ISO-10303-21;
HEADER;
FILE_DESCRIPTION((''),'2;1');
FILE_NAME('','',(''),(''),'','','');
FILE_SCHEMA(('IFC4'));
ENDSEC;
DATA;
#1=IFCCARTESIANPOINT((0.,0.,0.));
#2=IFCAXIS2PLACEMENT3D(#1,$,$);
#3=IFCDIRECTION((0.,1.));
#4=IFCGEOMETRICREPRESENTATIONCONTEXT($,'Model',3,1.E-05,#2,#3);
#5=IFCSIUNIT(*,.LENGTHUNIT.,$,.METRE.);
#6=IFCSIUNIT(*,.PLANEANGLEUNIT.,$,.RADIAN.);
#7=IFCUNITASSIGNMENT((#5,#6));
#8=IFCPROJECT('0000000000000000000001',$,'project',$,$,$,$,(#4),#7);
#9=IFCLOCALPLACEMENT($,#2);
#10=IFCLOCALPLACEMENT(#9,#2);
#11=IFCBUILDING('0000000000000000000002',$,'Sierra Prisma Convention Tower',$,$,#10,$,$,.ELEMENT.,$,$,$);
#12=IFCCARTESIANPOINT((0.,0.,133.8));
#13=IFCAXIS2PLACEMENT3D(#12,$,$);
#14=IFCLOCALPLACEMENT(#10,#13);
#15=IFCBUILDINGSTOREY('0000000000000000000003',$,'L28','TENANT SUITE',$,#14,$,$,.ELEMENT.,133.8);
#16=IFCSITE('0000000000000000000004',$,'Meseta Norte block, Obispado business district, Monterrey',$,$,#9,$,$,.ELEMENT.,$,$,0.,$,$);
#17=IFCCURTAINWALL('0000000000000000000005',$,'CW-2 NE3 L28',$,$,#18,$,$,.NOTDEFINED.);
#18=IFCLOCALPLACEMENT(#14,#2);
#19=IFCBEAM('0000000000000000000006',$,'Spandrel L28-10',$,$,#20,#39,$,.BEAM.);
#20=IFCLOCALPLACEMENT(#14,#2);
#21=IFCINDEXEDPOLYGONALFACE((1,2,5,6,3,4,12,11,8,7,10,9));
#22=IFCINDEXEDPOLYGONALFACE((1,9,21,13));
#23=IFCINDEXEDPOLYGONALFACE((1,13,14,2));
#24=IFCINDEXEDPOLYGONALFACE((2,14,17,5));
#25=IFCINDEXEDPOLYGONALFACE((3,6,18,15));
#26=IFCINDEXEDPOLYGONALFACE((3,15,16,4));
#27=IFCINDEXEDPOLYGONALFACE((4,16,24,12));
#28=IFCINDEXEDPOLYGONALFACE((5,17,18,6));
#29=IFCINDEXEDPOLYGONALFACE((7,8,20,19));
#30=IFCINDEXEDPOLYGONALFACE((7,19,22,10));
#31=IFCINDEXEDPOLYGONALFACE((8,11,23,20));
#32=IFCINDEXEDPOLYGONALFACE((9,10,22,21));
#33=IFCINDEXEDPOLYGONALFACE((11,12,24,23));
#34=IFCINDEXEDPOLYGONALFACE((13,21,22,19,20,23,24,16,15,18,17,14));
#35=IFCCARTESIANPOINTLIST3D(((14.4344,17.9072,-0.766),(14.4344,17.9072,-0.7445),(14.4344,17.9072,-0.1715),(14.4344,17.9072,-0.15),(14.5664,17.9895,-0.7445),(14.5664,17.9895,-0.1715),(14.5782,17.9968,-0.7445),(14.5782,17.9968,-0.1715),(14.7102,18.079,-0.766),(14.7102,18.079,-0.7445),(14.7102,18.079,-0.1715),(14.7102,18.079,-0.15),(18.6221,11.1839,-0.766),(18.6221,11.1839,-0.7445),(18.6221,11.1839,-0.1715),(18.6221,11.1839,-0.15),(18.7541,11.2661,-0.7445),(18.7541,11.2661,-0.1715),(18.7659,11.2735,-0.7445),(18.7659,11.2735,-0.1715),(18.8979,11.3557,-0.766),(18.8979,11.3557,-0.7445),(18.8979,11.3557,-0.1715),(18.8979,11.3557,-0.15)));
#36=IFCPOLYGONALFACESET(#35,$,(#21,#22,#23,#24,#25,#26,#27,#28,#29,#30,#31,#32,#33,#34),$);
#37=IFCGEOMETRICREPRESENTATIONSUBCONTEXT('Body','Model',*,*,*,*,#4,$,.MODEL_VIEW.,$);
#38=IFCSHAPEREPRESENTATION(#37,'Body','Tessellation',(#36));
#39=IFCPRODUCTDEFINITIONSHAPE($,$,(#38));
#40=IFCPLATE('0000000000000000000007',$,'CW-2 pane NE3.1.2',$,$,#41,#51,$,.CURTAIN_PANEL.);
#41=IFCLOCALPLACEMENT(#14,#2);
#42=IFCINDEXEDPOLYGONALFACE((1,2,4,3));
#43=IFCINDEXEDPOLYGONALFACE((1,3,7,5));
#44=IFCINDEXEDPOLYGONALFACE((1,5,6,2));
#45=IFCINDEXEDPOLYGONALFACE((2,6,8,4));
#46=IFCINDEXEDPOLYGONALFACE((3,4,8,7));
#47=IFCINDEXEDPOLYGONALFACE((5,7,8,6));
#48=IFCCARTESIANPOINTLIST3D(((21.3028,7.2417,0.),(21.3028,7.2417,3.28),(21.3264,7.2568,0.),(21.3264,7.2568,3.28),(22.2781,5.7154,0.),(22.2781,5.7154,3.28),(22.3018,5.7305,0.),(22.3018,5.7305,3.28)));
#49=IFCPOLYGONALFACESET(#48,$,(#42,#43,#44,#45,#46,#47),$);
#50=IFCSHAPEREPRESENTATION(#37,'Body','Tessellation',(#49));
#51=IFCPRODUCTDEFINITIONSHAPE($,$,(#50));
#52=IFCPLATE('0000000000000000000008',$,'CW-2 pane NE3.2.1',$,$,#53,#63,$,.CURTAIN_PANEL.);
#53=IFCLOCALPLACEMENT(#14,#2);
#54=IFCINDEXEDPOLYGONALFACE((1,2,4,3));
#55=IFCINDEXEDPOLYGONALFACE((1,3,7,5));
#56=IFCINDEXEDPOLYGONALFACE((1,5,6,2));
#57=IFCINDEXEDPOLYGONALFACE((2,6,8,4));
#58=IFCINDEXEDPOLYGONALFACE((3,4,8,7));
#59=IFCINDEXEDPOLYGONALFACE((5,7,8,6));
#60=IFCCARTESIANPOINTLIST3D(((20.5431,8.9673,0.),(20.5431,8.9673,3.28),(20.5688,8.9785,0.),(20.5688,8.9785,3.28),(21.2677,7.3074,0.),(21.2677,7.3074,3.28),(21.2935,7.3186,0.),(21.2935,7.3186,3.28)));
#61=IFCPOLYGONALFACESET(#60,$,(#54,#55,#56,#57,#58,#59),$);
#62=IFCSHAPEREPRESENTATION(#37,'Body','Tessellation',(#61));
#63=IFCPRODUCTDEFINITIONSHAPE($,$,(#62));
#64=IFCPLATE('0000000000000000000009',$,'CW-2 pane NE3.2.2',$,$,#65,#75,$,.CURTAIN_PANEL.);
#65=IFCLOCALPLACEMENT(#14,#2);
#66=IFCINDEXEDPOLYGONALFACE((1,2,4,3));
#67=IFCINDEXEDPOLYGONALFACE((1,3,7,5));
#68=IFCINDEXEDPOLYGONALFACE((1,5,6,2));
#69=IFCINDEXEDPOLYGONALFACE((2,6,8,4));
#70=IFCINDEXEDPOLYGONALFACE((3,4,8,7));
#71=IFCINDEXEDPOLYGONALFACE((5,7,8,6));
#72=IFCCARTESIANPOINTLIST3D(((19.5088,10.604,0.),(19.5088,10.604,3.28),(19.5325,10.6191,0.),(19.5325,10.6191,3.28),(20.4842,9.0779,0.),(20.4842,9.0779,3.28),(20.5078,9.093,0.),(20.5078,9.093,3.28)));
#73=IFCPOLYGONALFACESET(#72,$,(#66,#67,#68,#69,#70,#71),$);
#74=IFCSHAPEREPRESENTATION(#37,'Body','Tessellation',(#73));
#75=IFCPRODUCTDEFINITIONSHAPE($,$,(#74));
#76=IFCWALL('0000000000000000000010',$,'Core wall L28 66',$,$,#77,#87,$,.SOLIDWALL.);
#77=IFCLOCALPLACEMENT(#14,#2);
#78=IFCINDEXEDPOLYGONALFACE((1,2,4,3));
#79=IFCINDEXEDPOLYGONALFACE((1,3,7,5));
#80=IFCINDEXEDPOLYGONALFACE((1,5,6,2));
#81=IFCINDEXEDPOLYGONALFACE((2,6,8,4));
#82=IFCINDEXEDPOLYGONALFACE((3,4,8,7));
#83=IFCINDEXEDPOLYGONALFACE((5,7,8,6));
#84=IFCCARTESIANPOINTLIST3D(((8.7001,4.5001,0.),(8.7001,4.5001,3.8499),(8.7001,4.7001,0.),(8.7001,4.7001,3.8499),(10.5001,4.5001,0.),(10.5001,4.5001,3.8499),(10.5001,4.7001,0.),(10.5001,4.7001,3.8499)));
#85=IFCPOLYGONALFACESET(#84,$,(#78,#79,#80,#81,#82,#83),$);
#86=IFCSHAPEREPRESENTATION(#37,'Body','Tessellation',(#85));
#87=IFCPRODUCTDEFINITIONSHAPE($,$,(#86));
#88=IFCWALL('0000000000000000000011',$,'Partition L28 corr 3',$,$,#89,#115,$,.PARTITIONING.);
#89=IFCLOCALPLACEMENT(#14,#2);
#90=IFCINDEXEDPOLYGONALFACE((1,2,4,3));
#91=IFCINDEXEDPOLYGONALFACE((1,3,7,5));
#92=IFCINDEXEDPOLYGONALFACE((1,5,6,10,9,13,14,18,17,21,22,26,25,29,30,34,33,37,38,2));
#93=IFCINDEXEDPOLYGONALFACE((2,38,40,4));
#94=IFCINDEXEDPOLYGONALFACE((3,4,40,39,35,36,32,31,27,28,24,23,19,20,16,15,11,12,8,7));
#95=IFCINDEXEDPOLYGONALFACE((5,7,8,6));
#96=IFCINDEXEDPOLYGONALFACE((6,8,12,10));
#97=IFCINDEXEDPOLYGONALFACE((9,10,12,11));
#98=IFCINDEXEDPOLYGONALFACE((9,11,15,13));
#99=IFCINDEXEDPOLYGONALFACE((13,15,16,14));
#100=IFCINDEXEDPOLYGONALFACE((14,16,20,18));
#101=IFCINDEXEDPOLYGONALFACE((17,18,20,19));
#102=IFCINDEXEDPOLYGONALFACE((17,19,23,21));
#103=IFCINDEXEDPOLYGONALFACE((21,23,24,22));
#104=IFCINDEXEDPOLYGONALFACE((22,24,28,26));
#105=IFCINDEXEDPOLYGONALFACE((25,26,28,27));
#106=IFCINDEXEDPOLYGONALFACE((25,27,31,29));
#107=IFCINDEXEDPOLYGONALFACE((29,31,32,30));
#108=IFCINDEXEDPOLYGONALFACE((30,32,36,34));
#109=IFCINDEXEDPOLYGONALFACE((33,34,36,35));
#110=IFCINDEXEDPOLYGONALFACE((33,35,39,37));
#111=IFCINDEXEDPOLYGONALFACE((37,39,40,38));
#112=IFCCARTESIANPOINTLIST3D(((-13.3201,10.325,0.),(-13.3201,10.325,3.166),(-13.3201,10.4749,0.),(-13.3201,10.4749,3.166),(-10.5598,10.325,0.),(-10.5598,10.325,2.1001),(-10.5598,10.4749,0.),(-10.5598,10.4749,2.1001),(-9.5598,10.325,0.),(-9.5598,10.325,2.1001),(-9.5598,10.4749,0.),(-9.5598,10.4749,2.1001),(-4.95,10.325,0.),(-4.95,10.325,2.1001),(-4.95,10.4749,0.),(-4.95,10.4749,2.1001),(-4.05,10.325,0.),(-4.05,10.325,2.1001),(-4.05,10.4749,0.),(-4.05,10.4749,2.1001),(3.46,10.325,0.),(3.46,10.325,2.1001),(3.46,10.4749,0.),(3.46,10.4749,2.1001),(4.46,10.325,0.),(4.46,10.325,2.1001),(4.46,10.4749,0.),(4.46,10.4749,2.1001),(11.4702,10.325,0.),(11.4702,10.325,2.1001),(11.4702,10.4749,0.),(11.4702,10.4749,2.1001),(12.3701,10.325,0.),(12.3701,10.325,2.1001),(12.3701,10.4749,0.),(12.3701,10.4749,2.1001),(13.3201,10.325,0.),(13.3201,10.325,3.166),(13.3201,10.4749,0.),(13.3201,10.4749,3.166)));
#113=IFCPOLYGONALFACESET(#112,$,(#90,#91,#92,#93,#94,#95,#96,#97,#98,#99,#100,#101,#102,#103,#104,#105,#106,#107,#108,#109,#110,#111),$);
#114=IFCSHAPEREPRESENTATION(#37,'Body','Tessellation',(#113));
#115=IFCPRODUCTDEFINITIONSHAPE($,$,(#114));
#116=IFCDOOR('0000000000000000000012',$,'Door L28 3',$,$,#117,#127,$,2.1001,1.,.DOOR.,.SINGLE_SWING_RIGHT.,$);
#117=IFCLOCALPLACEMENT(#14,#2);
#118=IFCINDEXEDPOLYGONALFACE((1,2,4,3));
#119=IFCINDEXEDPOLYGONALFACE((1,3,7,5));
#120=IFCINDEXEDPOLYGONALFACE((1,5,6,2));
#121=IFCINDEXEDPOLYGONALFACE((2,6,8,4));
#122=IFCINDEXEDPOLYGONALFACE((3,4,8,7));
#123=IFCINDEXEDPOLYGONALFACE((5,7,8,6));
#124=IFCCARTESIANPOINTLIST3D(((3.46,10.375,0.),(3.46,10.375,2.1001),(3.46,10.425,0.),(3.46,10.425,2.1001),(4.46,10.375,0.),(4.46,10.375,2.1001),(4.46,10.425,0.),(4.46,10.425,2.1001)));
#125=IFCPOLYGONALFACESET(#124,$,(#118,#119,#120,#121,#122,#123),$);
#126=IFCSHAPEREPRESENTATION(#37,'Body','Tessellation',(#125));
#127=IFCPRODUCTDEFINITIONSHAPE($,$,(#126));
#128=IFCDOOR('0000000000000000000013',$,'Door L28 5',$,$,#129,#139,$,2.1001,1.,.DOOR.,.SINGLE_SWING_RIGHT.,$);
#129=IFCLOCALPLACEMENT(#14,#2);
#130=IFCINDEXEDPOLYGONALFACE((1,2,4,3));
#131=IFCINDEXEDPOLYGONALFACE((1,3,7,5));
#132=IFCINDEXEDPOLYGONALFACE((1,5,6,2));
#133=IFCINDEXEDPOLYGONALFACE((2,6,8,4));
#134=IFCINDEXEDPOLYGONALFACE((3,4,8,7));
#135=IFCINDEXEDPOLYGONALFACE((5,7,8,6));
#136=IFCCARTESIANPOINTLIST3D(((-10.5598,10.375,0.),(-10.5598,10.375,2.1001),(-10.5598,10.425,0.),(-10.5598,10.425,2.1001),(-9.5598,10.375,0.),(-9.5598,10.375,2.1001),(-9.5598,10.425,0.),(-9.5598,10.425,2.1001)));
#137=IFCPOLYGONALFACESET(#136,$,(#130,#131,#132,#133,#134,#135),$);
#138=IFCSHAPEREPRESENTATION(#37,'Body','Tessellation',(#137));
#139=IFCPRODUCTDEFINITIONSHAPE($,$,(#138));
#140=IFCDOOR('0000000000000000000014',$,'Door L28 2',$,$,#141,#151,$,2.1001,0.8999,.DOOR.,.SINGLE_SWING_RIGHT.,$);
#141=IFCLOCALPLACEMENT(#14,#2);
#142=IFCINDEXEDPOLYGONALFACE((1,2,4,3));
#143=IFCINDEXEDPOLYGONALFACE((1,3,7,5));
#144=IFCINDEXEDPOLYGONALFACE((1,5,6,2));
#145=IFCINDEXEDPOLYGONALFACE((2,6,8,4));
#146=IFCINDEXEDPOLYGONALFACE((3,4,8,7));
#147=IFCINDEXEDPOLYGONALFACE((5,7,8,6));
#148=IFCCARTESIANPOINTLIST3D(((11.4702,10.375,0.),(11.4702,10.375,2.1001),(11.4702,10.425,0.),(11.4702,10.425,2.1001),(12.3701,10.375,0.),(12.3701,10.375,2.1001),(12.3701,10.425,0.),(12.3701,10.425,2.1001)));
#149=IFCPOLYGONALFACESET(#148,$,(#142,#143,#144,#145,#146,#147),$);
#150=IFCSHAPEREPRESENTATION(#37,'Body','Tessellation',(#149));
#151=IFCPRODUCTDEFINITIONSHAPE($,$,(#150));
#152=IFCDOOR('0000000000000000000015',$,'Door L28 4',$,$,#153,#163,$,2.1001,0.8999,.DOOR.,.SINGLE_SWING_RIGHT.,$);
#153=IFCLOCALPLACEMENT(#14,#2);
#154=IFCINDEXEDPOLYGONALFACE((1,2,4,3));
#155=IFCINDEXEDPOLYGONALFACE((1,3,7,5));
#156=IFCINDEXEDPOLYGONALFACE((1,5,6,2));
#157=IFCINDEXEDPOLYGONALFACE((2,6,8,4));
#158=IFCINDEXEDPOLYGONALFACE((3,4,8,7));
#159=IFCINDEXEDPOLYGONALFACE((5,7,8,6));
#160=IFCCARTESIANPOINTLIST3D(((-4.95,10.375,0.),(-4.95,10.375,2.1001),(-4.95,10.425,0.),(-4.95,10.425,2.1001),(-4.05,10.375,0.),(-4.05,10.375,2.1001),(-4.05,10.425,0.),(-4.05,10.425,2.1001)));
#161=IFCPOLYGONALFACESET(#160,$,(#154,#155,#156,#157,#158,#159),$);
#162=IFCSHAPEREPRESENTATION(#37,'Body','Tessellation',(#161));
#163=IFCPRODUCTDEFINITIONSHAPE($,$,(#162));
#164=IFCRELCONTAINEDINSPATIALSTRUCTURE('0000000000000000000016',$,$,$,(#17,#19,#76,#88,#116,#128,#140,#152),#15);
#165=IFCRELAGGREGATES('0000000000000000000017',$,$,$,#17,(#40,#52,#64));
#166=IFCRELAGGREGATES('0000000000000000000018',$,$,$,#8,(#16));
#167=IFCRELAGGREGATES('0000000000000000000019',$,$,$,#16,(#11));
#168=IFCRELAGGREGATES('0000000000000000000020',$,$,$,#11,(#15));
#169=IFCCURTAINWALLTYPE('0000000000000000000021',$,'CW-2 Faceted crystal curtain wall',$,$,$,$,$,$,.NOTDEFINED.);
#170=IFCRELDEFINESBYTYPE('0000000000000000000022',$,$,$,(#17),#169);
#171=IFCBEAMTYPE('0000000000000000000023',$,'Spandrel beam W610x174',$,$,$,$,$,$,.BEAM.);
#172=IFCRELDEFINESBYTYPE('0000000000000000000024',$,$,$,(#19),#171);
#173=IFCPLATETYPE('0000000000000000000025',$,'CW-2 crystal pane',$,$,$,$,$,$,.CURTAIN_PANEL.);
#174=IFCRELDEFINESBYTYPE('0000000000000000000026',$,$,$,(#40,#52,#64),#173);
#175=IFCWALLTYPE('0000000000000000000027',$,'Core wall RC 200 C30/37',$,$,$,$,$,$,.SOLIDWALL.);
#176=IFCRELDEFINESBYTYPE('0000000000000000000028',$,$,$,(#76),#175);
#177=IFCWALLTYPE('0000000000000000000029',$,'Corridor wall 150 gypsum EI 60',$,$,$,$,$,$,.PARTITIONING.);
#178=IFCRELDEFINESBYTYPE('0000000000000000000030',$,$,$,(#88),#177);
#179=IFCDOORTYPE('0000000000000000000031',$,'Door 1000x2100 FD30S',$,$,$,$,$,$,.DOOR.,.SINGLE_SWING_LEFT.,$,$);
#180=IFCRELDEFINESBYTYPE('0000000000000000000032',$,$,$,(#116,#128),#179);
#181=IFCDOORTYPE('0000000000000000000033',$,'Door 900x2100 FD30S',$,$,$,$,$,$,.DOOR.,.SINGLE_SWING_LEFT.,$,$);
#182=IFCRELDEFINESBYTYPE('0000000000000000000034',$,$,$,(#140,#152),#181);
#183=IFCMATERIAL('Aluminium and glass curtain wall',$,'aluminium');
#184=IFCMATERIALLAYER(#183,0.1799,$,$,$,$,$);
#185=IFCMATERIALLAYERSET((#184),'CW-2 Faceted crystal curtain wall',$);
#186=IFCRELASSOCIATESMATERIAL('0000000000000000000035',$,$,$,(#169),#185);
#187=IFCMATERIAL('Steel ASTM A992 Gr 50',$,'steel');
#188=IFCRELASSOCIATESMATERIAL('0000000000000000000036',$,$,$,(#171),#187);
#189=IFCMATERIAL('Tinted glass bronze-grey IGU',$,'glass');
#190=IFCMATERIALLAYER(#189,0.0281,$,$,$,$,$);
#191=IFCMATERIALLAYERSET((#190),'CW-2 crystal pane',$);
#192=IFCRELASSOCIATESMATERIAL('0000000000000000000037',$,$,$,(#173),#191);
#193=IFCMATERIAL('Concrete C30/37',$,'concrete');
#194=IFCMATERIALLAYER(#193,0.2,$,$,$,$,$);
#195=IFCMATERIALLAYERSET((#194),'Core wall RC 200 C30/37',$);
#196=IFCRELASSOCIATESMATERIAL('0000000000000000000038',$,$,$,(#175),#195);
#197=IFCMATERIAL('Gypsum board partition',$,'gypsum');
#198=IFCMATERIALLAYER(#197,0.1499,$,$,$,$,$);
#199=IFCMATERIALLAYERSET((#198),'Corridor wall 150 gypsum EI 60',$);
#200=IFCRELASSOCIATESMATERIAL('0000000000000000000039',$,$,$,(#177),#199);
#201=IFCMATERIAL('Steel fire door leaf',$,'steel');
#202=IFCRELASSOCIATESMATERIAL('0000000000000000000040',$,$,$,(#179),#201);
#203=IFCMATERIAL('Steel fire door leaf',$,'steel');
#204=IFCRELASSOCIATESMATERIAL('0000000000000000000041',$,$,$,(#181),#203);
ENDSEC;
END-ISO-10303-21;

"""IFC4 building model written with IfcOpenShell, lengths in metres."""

from ifc_helpers import new_model, si_unit, direction, frame, frame_2d, origin, origin_2d, place, context, subcontext, project, spatial, polyline, rectangle, i_section, outline, extrude, material, layer, layer_set, material_profile, profile_set, type_object, element, fill, aggregate, save


model = new_model("IFC4")

# Units and contexts
model_context = context("Model", 3, precision=1e-05, world=origin(), true_north=direction((0.0, 1.0)))
body_context = subcontext(model_context, "Body", "Model", "MODEL_VIEW")
ifc_project = project(units=[si_unit("LENGTHUNIT", "METRE"), si_unit("PLANEANGLEUNIT", "RADIAN")], contexts=[model_context])

# Site, building, storey
site_placement = place(None, origin())
site = spatial("IfcSite", under=ifc_project, at=site_placement, Name="Meseta Norte block, Obispado business district, Monterrey", CompositionType="ELEMENT", RefElevation=0.0)
building_placement = place(site_placement, origin())
building = spatial("IfcBuilding", under=site, at=building_placement, Name="Sierra Prisma Convention Tower", CompositionType="ELEMENT")
storey_placement = place(building_placement, frame((0.0, 0.0, 133.8)))
storey = spatial("IfcBuildingStorey", under=building, at=storey_placement, Name="L28", Description="TENANT SUITE", CompositionType="ELEMENT", Elevation=133.8)

# Curtain wall
ifc_material_1 = material(Name="Aluminium and glass curtain wall", Category="aluminium")
ifc_layer_1 = layer(ifc_material_1, 0.1799)
ifc_layer_set_1 = layer_set([ifc_layer_1], Name="CW-2 Faceted crystal curtain wall")
curtain_wall_type = type_object("IfcCurtainWallType", Name="CW-2 Faceted crystal curtain wall", PredefinedType="NOTDEFINED", material=ifc_layer_set_1)
curtain_wall_1_placement = place(storey_placement, origin())
curtain_wall_1 = element("IfcCurtainWall", 1, at=curtain_wall_1_placement, inside=storey, type_object=curtain_wall_type, Name="CW-2 NE3 L28", PredefinedType="NOTDEFINED")

# Beam
ifc_material_2 = material(Name="Steel ASTM A992 Gr 50", Category="steel")
ifc_material_profile_1 = material_profile(ifc_material_2, i_section(OverallWidth=0.325, OverallDepth=0.616, WebThickness=0.0139, FlangeThickness=0.0215, at=origin_2d()), Name="W610x174")
ifc_profile_set_1 = profile_set([ifc_material_profile_1], Name="Steel ASTM A992 Gr 50")
beam_type_1 = type_object("IfcBeamType", Name="Spandrel beam W610x174", PredefinedType="BEAM", material=ifc_profile_set_1)
for number, where, z_axis, x_axis, name in (
    (2, (18.76, 11.2698, -0.458), (-0.528693, 0.848813, 0.0), (-0.848813, -0.528693, 0.0), "Spandrel L28-10"),
):
    element("IfcBeam", number, at=place(storey_placement, frame(where, z_axis=z_axis, x_axis=x_axis)), inside=storey, type_object=beam_type_1, Name=name, PredefinedType="BEAM", context=body_context, shape_type="SweptSolid", body=[
        extrude(i_section(OverallWidth=0.325, OverallDepth=0.616, WebThickness=0.0139, FlangeThickness=0.0215, at=origin_2d()), origin(), (0.0, 0.0, 1.0), 7.9209),
    ])

# Plates
ifc_material_3 = material(Name="Tinted glass bronze-grey IGU", Category="glass")
ifc_layer_2 = layer(ifc_material_3, 0.0281)
ifc_layer_set_2 = layer_set([ifc_layer_2], Name="CW-2 crystal pane")
plate_type = type_object("IfcPlateType", Name="CW-2 crystal pane", PredefinedType="CURTAIN_PANEL", material=ifc_layer_set_2)
plate_1_placement = place(storey_placement, frame((21.3264, 7.2568, 0.0), z_axis=(0.842655, 0.538453, 0.0), x_axis=(0.538453, -0.842655, 0.0)))
plate_1 = element("IfcPlate", 3, at=plate_1_placement, type_object=plate_type, Name="CW-2 pane NE3.1.2", PredefinedType="CURTAIN_PANEL", context=body_context, shape_type="SweptSolid", body=[
    extrude(outline(polyline([(0.0, 0.0), (1.8114, 0.0), (1.8114, -3.28), (0.0, -3.28), (0.0, 0.0)])), origin(), (0.0, 0.0, -1.0), 0.0281),
])
plate_2_placement = place(storey_placement, frame((21.2935, 7.3186, 0.0), z_axis=(0.916482, 0.400076, 0.0), x_axis=(-0.400076, 0.916482, 0.0)))
plate_2 = element("IfcPlate", 4, at=plate_2_placement, type_object=plate_type, Name="CW-2 pane NE3.2.1", PredefinedType="CURTAIN_PANEL", context=body_context, shape_type="SweptSolid", body=[
    extrude(outline(polyline([(0.0, 0.0), (1.8112, 0.0), (1.8112, 3.28), (0.0, 3.28), (0.0, 0.0)])), origin(), (0.0, 0.0, -1.0), 0.0281),
])
plate_3_placement = place(storey_placement, frame((19.5325, 10.6191, 0.0), z_axis=(0.842616, 0.538514, 0.0), x_axis=(0.538514, -0.842616, 0.0)))
plate_3 = element("IfcPlate", 5, at=plate_3_placement, type_object=plate_type, Name="CW-2 pane NE3.2.2", PredefinedType="CURTAIN_PANEL", context=body_context, shape_type="SweptSolid", body=[
    extrude(outline(polyline([(0.0, 0.0), (1.8112, 0.0), (1.8112, -3.28), (0.0, -3.28), (0.0, 0.0)])), origin(), (0.0, 0.0, -1.0), 0.0281),
])
aggregate(curtain_wall_1, [plate_1, plate_2, plate_3])

# Wall
ifc_material_4 = material(Name="Concrete C30/37", Category="concrete")
ifc_layer_3 = layer(ifc_material_4, 0.2)
ifc_layer_set_3 = layer_set([ifc_layer_3], Name="Core wall RC 200 C30/37")
wall_type_1 = type_object("IfcWallType", Name="Core wall RC 200 C30/37", PredefinedType="SOLIDWALL", material=ifc_layer_set_3)
wall_1_placement = place(storey_placement, frame((10.5, 4.6001, 0.0), z_axis=(0.0, 0.0, 1.0), x_axis=(-1.0, 0.0, 0.0)))
element("IfcWall", 6, at=wall_1_placement, inside=storey, type_object=wall_type_1, Name="Core wall L28 66", PredefinedType="SOLIDWALL", context=body_context, shape_type="SweptSolid", body=[
    extrude(rectangle(XDim=1.8, YDim=0.2, at=frame_2d((0.8999, 0.0))), origin(), (0.0, 0.0, 1.0), 3.8499),
])

# Wall, openings, doors
ifc_material_5 = material(Name="Gypsum board partition", Category="gypsum")
ifc_layer_4 = layer(ifc_material_5, 0.1499)
ifc_layer_set_4 = layer_set([ifc_layer_4], Name="Corridor wall 150 gypsum EI 60")
wall_type_2 = type_object("IfcWallType", Name="Corridor wall 150 gypsum EI 60", PredefinedType="PARTITIONING", material=ifc_layer_set_4)
wall_2_placement = place(storey_placement, frame((13.3201, 10.3999, 0.0), z_axis=(0.0, 0.0, 1.0), x_axis=(-1.0, 0.0, 0.0)))
wall_2 = element("IfcWall", 7, at=wall_2_placement, inside=storey, type_object=wall_type_2, Name="Partition L28 corr 3", PredefinedType="PARTITIONING", context=body_context, shape_type="SweptSolid", body=[
    extrude(rectangle(XDim=26.6401, YDim=0.1499, at=frame_2d((13.3201, 0.0))), origin(), (0.0, 0.0, 1.0), 3.166),
])
opening_1_placement = place(wall_2_placement, frame((0.95, 0.0, 0.0)))
opening_1 = element("IfcOpeningElement", 8, at=opening_1_placement, cuts=wall_2, PredefinedType="OPENING", context=body_context, shape_type="SweptSolid", body=[
    extrude(rectangle(XDim=0.8999, YDim=2.1001, at=frame_2d((0.45, 1.05))), frame((0.0, 0.075, 0.0), z_axis=(0.0, -1.0, 0.0), x_axis=(1.0, 0.0, 0.0)), (0.0, 0.0, 1.0), 0.1499),
])
opening_2_placement = place(wall_2_placement, frame((8.8601, 0.0, 0.0)))
opening_2 = element("IfcOpeningElement", 9, at=opening_2_placement, cuts=wall_2, PredefinedType="OPENING", context=body_context, shape_type="SweptSolid", body=[
    extrude(rectangle(XDim=1.0, YDim=2.1001, at=frame_2d((0.5, 1.05))), frame((0.0, 0.075, 0.0), z_axis=(0.0, -1.0, 0.0), x_axis=(1.0, 0.0, 0.0)), (0.0, 0.0, 1.0), 0.1499),
])
opening_3_placement = place(wall_2_placement, frame((17.3701, 0.0, 0.0)))
opening_3 = element("IfcOpeningElement", 10, at=opening_3_placement, cuts=wall_2, PredefinedType="OPENING", context=body_context, shape_type="SweptSolid", body=[
    extrude(rectangle(XDim=0.8999, YDim=2.1001, at=frame_2d((0.45, 1.05))), frame((0.0, 0.075, 0.0), z_axis=(0.0, -1.0, 0.0), x_axis=(1.0, 0.0, 0.0)), (0.0, 0.0, 1.0), 0.1499),
])
opening_4_placement = place(wall_2_placement, frame((22.8799, 0.0, 0.0)))
opening_4 = element("IfcOpeningElement", 11, at=opening_4_placement, cuts=wall_2, PredefinedType="OPENING", context=body_context, shape_type="SweptSolid", body=[
    extrude(rectangle(XDim=1.0, YDim=2.1001, at=frame_2d((0.5, 1.05))), frame((0.0, 0.075, 0.0), z_axis=(0.0, -1.0, 0.0), x_axis=(1.0, 0.0, 0.0)), (0.0, 0.0, 1.0), 0.1499),
])
ifc_material_6 = material(Name="Steel fire door leaf", Category="steel")
door_type_1 = type_object("IfcDoorType", Name="Door 1000x2100 FD30S", OperationType="SINGLE_SWING_LEFT", PredefinedType="DOOR", material=ifc_material_6)
door_1_placement = place(opening_2_placement, origin())
door_1 = element("IfcDoor", 12, at=door_1_placement, inside=storey, type_object=door_type_1, Name="Door L28 3", OperationType="SINGLE_SWING_RIGHT", OverallHeight=2.1001, OverallWidth=1.0, PredefinedType="DOOR", context=body_context, shape_type="SweptSolid", body=[
    extrude(rectangle(XDim=1.0, YDim=2.1001, at=frame_2d((0.5, 1.05))), frame((0.0, 0.0249, 0.0), z_axis=(0.0, -1.0, 0.0), x_axis=(1.0, 0.0, 0.0)), (0.0, 0.0, 1.0), 0.05),
])
fill(opening_2, door_1)
door_2_placement = place(opening_4_placement, origin())
door_2 = element("IfcDoor", 13, at=door_2_placement, inside=storey, type_object=door_type_1, Name="Door L28 5", OperationType="SINGLE_SWING_RIGHT", OverallHeight=2.1001, OverallWidth=1.0, PredefinedType="DOOR", context=body_context, shape_type="SweptSolid", body=[
    extrude(rectangle(XDim=1.0, YDim=2.1001, at=frame_2d((0.5, 1.05))), frame((0.0, 0.0249, 0.0), z_axis=(0.0, -1.0, 0.0), x_axis=(1.0, 0.0, 0.0)), (0.0, 0.0, 1.0), 0.05),
])
fill(opening_4, door_2)
ifc_material_7 = material(Name="Steel fire door leaf", Category="steel")
door_type_2 = type_object("IfcDoorType", Name="Door 900x2100 FD30S", OperationType="SINGLE_SWING_LEFT", PredefinedType="DOOR", material=ifc_material_7)
door_3_placement = place(opening_1_placement, origin())
door_3 = element("IfcDoor", 14, at=door_3_placement, inside=storey, type_object=door_type_2, Name="Door L28 2", OperationType="SINGLE_SWING_RIGHT", OverallHeight=2.1001, OverallWidth=0.8999, PredefinedType="DOOR", context=body_context, shape_type="SweptSolid", body=[
    extrude(rectangle(XDim=0.8999, YDim=2.1001, at=frame_2d((0.45, 1.05))), frame((0.0, 0.0249, 0.0), z_axis=(0.0, -1.0, 0.0), x_axis=(1.0, 0.0, 0.0)), (0.0, 0.0, 1.0), 0.05),
])
fill(opening_1, door_3)
door_4_placement = place(opening_3_placement, origin())
door_4 = element("IfcDoor", 15, at=door_4_placement, inside=storey, type_object=door_type_2, Name="Door L28 4", OperationType="SINGLE_SWING_RIGHT", OverallHeight=2.1001, OverallWidth=0.8999, PredefinedType="DOOR", context=body_context, shape_type="SweptSolid", body=[
    extrude(rectangle(XDim=0.8999, YDim=2.1001, at=frame_2d((0.45, 1.05))), frame((0.0, 0.0249, 0.0), z_axis=(0.0, -1.0, 0.0), x_axis=(1.0, 0.0, 0.0)), (0.0, 0.0, 1.0), 0.05),
])
fill(opening_3, door_4)

save(model, "model.ifc")
